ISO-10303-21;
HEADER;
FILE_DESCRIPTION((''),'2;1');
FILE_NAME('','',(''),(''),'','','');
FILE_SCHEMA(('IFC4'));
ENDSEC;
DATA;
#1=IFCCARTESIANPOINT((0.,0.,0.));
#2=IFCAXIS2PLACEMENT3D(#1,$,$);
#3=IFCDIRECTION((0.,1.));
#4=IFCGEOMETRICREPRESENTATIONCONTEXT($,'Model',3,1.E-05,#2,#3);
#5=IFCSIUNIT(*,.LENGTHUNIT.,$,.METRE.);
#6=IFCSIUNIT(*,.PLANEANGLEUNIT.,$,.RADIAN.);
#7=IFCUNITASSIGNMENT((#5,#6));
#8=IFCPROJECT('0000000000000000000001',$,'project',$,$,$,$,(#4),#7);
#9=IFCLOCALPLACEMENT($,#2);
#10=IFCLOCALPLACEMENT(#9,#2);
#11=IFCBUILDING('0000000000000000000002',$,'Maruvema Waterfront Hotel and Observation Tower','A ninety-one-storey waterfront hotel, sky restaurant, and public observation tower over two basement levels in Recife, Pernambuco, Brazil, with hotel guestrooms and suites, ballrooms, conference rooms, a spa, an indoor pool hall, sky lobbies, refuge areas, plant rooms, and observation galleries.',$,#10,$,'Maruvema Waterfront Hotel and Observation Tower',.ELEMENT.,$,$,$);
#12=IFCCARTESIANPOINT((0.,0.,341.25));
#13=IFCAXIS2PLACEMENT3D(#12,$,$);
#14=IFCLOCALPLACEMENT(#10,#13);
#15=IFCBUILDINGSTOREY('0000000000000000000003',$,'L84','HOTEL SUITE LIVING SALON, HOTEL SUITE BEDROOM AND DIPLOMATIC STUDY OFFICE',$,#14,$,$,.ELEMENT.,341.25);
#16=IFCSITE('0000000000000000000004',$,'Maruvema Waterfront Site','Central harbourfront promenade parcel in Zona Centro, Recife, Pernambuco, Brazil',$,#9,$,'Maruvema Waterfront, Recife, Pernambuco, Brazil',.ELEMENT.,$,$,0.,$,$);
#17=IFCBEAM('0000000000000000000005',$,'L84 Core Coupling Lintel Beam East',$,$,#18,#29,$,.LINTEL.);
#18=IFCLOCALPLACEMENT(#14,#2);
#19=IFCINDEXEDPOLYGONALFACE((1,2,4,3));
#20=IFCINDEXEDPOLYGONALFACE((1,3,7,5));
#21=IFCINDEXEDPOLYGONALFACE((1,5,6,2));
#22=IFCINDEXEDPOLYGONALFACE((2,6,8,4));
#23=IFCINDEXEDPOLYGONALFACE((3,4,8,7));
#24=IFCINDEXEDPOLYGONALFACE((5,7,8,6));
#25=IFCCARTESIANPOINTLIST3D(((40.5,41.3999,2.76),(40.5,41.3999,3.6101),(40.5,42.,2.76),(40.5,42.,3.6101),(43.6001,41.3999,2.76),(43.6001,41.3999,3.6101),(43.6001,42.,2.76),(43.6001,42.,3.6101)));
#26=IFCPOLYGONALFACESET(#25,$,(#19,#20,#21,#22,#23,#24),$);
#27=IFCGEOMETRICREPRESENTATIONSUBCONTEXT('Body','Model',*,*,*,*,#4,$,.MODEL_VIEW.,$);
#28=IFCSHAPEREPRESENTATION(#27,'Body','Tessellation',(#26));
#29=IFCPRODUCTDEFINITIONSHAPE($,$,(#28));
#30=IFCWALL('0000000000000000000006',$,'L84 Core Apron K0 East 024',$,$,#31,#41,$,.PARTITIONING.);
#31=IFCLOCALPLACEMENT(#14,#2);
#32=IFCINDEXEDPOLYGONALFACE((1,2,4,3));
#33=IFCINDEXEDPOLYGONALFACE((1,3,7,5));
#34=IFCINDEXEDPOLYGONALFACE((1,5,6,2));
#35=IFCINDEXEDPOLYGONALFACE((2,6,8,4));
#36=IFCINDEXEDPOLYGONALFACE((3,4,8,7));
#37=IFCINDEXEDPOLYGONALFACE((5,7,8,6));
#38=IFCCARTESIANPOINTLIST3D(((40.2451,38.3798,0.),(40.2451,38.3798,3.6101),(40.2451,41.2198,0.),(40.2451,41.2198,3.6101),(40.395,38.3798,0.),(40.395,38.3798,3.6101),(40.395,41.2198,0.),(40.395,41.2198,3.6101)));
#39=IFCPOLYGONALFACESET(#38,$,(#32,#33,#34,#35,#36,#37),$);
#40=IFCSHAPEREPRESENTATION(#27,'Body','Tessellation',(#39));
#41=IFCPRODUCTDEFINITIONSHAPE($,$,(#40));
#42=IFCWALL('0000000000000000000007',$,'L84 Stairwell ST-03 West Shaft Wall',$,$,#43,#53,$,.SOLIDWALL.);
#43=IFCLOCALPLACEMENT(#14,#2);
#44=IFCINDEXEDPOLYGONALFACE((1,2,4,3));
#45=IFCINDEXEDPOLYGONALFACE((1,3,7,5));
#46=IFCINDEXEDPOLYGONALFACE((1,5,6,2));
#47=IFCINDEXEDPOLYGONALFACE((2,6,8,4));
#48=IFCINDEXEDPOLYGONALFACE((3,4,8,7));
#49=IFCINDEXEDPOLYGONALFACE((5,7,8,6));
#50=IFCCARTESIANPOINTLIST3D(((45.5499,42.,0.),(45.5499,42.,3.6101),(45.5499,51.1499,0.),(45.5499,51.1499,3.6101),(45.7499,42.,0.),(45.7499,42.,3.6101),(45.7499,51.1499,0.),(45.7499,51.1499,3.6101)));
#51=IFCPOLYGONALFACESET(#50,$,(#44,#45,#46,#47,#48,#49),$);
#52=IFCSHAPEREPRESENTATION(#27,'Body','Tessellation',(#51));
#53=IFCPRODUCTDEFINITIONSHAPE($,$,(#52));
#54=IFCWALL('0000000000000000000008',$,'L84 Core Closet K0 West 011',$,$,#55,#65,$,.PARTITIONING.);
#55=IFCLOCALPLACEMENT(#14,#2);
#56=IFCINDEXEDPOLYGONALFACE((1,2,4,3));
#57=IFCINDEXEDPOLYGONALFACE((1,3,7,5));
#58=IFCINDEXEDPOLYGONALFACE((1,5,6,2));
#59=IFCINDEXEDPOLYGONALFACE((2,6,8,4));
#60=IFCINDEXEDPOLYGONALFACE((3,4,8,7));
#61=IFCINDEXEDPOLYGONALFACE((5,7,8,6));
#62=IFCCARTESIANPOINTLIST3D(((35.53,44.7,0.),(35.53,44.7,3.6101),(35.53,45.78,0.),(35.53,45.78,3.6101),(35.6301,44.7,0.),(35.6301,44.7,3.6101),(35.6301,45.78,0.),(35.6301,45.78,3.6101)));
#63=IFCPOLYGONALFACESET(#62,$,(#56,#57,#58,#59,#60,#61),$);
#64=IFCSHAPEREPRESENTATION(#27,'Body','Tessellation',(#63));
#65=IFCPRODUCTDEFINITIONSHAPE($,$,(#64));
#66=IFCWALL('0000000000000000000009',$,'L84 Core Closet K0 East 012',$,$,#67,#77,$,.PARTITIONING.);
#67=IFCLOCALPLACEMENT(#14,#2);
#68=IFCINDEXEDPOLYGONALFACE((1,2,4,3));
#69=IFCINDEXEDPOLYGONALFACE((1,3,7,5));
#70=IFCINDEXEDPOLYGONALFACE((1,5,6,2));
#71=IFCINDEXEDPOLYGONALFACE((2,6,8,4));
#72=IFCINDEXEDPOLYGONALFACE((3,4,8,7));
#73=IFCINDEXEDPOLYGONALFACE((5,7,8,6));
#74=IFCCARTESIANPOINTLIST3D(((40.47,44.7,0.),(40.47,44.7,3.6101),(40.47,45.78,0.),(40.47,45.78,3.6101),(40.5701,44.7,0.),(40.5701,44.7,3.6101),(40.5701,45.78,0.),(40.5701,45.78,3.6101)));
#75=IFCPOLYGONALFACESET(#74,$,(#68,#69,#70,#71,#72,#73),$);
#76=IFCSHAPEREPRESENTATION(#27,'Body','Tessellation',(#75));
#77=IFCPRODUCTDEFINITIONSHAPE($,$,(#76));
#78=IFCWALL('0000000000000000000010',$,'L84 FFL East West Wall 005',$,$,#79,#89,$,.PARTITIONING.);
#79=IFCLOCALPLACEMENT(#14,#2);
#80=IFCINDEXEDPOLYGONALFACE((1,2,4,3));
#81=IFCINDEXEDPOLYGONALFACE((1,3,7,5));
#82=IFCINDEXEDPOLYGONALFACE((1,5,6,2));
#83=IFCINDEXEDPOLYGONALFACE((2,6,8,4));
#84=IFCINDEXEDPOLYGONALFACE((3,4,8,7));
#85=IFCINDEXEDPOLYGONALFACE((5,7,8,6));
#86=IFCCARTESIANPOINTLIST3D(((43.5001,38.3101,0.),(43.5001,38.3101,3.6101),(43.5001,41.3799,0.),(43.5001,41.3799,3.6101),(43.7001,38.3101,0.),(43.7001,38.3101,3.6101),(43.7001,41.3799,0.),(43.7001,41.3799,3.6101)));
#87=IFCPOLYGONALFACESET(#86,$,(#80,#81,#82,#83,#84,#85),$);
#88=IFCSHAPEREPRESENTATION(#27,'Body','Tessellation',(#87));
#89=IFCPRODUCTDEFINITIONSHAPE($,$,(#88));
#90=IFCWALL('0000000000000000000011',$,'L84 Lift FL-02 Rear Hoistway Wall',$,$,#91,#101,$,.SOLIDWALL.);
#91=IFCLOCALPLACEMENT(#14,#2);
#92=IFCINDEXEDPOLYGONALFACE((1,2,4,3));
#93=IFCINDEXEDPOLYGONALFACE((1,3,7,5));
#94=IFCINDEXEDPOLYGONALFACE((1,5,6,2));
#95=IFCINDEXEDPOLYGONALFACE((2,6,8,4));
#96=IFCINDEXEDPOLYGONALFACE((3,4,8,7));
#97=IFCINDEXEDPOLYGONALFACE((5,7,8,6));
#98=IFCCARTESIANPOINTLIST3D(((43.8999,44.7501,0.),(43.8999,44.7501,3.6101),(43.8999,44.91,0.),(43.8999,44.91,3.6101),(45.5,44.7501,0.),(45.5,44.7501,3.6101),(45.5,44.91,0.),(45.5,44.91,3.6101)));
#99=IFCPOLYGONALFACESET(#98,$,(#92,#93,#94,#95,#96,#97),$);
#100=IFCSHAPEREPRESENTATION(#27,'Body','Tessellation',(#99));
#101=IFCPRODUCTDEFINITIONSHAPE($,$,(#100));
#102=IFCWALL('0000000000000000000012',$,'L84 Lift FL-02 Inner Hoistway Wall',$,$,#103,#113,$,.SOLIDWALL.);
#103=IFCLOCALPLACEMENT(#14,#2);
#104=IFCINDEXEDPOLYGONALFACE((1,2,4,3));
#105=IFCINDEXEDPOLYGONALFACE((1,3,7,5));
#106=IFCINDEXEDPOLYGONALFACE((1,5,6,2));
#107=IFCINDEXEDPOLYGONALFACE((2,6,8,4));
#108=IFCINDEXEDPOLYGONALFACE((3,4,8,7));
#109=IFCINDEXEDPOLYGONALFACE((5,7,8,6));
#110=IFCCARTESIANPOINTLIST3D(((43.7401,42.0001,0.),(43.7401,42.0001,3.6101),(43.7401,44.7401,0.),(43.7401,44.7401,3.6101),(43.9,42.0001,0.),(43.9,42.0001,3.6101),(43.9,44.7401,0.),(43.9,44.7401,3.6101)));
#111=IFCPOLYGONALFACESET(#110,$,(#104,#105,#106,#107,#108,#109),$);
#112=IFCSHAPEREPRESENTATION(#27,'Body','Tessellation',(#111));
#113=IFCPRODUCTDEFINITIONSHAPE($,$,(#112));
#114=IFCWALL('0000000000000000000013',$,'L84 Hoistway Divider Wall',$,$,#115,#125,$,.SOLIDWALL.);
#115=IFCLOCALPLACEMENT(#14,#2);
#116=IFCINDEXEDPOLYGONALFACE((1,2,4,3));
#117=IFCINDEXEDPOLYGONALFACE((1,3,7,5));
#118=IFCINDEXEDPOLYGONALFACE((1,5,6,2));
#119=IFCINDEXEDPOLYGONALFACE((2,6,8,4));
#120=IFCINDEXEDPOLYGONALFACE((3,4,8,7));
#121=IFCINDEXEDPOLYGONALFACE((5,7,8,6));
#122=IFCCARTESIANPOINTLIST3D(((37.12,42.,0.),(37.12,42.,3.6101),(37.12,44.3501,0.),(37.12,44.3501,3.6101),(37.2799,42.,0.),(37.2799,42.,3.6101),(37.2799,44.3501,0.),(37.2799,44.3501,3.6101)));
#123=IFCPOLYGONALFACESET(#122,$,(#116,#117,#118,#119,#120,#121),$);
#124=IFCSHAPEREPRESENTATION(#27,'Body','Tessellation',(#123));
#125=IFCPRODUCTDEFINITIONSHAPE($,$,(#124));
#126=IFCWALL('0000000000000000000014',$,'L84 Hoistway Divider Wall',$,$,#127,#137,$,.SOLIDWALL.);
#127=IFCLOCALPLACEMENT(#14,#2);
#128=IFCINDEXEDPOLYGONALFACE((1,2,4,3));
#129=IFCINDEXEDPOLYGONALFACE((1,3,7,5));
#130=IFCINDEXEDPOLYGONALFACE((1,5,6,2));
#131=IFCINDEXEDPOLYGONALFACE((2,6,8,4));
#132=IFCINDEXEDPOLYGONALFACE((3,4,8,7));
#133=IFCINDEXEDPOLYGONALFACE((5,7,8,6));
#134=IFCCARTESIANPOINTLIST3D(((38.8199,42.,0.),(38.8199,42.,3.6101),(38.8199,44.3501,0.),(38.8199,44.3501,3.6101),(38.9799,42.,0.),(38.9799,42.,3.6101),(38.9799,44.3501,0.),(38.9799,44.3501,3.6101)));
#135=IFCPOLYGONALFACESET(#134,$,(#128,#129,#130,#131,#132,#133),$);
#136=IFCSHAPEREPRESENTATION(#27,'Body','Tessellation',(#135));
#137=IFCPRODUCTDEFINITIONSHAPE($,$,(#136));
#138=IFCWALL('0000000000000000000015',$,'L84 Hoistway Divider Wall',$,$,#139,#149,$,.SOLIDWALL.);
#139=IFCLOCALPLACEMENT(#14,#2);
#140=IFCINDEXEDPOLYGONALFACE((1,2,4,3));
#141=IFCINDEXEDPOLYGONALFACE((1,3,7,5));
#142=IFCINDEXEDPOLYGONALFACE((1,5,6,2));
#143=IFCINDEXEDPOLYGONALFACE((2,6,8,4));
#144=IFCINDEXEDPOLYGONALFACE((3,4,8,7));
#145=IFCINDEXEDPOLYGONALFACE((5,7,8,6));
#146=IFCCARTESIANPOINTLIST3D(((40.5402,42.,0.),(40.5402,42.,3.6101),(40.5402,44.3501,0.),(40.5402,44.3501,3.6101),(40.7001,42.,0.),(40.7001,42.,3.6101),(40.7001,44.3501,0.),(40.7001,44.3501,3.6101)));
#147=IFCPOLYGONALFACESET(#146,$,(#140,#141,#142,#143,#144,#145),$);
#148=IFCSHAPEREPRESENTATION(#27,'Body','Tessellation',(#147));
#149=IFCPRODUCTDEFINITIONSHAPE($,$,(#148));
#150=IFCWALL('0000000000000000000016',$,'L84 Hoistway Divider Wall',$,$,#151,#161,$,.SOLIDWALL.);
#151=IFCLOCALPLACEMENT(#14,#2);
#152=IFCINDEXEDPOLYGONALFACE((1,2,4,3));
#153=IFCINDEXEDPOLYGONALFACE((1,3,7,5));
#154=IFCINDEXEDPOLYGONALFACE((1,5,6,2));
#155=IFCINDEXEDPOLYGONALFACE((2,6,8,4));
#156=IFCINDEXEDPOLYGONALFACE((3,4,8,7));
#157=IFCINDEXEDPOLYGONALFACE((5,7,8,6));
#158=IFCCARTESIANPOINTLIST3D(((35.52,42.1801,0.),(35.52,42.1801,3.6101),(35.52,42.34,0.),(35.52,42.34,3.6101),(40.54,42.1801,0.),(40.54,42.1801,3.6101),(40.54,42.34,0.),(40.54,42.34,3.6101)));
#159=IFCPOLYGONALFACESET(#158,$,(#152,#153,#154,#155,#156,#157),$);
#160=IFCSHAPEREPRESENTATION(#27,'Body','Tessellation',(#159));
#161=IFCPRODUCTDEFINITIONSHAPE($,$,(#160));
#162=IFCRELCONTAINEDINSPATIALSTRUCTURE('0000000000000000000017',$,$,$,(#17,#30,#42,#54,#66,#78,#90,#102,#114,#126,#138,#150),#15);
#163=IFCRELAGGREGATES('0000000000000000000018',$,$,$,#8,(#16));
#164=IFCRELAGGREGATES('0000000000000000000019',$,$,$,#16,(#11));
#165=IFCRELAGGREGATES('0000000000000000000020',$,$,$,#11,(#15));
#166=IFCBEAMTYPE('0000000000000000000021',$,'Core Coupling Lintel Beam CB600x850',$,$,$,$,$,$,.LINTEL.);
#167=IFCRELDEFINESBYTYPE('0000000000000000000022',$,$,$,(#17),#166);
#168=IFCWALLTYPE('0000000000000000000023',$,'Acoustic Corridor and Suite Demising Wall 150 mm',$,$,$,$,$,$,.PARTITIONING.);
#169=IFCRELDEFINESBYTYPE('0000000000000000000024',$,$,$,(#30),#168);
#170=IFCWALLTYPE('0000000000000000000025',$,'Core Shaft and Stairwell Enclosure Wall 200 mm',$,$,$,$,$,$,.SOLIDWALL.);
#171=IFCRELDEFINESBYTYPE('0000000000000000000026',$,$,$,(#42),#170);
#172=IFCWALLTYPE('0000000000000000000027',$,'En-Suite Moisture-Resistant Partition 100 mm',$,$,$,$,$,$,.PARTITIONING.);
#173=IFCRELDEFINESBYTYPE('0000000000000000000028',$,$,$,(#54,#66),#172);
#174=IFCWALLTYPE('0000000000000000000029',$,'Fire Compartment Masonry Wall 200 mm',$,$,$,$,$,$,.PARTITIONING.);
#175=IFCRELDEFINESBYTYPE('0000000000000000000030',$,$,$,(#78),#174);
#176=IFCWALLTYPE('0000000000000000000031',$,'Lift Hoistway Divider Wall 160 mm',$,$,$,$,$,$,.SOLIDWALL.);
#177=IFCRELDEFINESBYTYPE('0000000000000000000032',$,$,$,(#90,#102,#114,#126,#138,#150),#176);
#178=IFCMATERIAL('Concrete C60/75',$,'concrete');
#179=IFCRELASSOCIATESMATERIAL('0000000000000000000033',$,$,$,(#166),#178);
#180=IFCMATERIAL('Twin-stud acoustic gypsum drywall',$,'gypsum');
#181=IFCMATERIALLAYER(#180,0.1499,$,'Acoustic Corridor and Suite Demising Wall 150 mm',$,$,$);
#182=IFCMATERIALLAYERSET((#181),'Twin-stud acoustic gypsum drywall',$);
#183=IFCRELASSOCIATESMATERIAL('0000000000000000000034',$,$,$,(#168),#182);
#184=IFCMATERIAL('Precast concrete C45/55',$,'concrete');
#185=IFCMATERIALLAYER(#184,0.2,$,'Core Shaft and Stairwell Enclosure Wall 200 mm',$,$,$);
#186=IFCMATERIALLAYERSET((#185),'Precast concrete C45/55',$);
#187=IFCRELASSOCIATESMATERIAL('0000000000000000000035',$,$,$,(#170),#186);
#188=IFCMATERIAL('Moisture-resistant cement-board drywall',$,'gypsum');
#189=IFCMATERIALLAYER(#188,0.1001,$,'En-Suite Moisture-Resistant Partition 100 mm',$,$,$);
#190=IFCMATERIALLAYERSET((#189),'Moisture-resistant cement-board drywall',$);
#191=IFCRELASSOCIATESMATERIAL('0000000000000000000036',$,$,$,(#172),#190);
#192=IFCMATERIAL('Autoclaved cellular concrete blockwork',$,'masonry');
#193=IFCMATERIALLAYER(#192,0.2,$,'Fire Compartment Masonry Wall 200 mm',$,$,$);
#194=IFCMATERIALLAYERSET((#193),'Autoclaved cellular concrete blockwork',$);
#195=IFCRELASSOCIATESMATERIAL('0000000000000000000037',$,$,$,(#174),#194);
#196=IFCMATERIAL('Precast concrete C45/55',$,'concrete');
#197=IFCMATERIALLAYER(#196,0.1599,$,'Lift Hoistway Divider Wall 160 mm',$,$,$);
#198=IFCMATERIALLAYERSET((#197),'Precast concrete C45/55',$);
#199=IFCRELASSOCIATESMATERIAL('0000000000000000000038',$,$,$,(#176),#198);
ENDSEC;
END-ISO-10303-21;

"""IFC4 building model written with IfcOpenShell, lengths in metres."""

from ifc_helpers import new_model, si_unit, direction, frame, frame_2d, origin, origin_2d, place, context, subcontext, project, spatial, rectangle, extrude, material, layer, layer_set, material_profile, profile_set, type_object, element, save


model = new_model("IFC4")

# Units and contexts
model_context = context("Model", 3, precision=1e-05, world=origin(), true_north=direction((0.0, 1.0)))
body_context = subcontext(model_context, "Body", "Model", "MODEL_VIEW")
ifc_project = project(units=[si_unit("LENGTHUNIT", "METRE"), si_unit("PLANEANGLEUNIT", "RADIAN")], contexts=[model_context])

# Site, building, storey
site_placement = place(None, origin())
site = spatial("IfcSite", under=ifc_project, at=site_placement, Name="Maruvema Waterfront Site", Description="Central harbourfront promenade parcel in Zona Centro, Recife, Pernambuco, Brazil", LongName="Maruvema Waterfront, Recife, Pernambuco, Brazil", CompositionType="ELEMENT", RefElevation=0.0)
building_placement = place(site_placement, origin())
building = spatial("IfcBuilding", under=site, at=building_placement, Name="Maruvema Waterfront Hotel and Observation Tower", Description="A ninety-one-storey waterfront hotel, sky restaurant, and public observation tower over two basement levels in Recife, Pernambuco, Brazil, with hotel guestrooms and suites, ballrooms, conference rooms, a spa, an indoor pool hall, sky lobbies, refuge areas, plant rooms, and observation galleries.", LongName="Maruvema Waterfront Hotel and Observation Tower", CompositionType="ELEMENT")
storey_placement = place(building_placement, frame((0.0, 0.0, 341.25)))
storey = spatial("IfcBuildingStorey", under=building, at=storey_placement, Name="L84", Description="HOTEL SUITE LIVING SALON, HOTEL SUITE BEDROOM AND DIPLOMATIC STUDY OFFICE", CompositionType="ELEMENT", Elevation=341.25)

# Beam
ifc_material_1 = material(Name="Concrete C60/75", Category="concrete")
ifc_material_profile = material_profile(ifc_material_1, rectangle(XDim=0.6001, YDim=0.8501, at=origin_2d()), Name="CB600x850")
ifc_profile_set = profile_set([ifc_material_profile], Name="Concrete C60/75")
beam_type = type_object("IfcBeamType", Name="Core Coupling Lintel Beam CB600x850", PredefinedType="LINTEL", material=ifc_profile_set)
beam_placement = place(storey_placement, frame((40.5, 41.7, 3.1851), z_axis=(1.0, 0.0, 0.0), x_axis=(0.0, 1.0, 0.0)))
element("IfcBeam", 1, at=beam_placement, inside=storey, type_object=beam_type, Name="L84 Core Coupling Lintel Beam East", PredefinedType="LINTEL", context=body_context, shape_type="SweptSolid", body=[
    extrude(rectangle(XDim=0.6001, YDim=0.8501, at=origin_2d()), origin(), (0.0, 0.0, 1.0), 3.1001),
])

# Walls
ifc_material_2 = material(Name="Twin-stud acoustic gypsum drywall", Category="gypsum")
ifc_layer_1 = layer(ifc_material_2, 0.1499, Name="Acoustic Corridor and Suite Demising Wall 150 mm")
ifc_layer_set_1 = layer_set([ifc_layer_1], Name="Twin-stud acoustic gypsum drywall")
wall_type_1 = type_object("IfcWallType", Name="Acoustic Corridor and Suite Demising Wall 150 mm", PredefinedType="PARTITIONING", material=ifc_layer_set_1)
wall_1_placement = place(storey_placement, frame((40.3201, 38.3799, 0.0), z_axis=(0.0, 0.0, 1.0), x_axis=(0.0, 1.0, 0.0)))
element("IfcWall", 2, at=wall_1_placement, inside=storey, type_object=wall_type_1, Name="L84 Core Apron K0 East 024", PredefinedType="PARTITIONING", context=body_context, shape_type="SweptSolid", body=[
    extrude(rectangle(XDim=2.8401, YDim=0.1499, at=frame_2d((1.4199, 0.0))), origin(), (0.0, 0.0, 1.0), 3.6101),
])
ifc_material_3 = material(Name="Precast concrete C45/55", Category="concrete")
ifc_layer_2 = layer(ifc_material_3, 0.2, Name="Core Shaft and Stairwell Enclosure Wall 200 mm")
ifc_layer_set_2 = layer_set([ifc_layer_2], Name="Precast concrete C45/55")
wall_type_2 = type_object("IfcWallType", Name="Core Shaft and Stairwell Enclosure Wall 200 mm", PredefinedType="SOLIDWALL", material=ifc_layer_set_2)
wall_2_placement = place(storey_placement, frame((45.6499, 42.0, 0.0), z_axis=(0.0, 0.0, 1.0), x_axis=(0.0, 1.0, 0.0)))
element("IfcWall", 3, at=wall_2_placement, inside=storey, type_object=wall_type_2, Name="L84 Stairwell ST-03 West Shaft Wall", PredefinedType="SOLIDWALL", context=body_context, shape_type="SweptSolid", body=[
    extrude(rectangle(XDim=9.1499, YDim=0.2, at=frame_2d((4.575, 0.0))), origin(), (0.0, 0.0, 1.0), 3.6101),
])

# Walls
ifc_material_4 = material(Name="Moisture-resistant cement-board drywall", Category="gypsum")
ifc_layer_3 = layer(ifc_material_4, 0.1001, Name="En-Suite Moisture-Resistant Partition 100 mm")
ifc_layer_set_3 = layer_set([ifc_layer_3], Name="Moisture-resistant cement-board drywall")
wall_type_3 = type_object("IfcWallType", Name="En-Suite Moisture-Resistant Partition 100 mm", PredefinedType="PARTITIONING", material=ifc_layer_set_3)
for number, where, z_axis, x_axis, name in (
    (4, (35.5801, 44.7, 0.0), (0.0, 0.0, 1.0), (0.0, 1.0, 0.0), "L84 Core Closet K0 West 011"),
    (5, (40.52, 44.7, 0.0), (0.0, 0.0, 1.0), (0.0, 1.0, 0.0), "L84 Core Closet K0 East 012"),
):
    element("IfcWall", number, at=place(storey_placement, frame(where, z_axis=z_axis, x_axis=x_axis)), inside=storey, type_object=wall_type_3, Name=name, PredefinedType="PARTITIONING", context=body_context, shape_type="SweptSolid", body=[
        extrude(rectangle(XDim=1.0801, YDim=0.1001, at=frame_2d((0.54, 0.0))), origin(), (0.0, 0.0, 1.0), 3.6101),
    ])

# Shared definitions
ifc_material_5 = material(Name="Autoclaved cellular concrete blockwork", Category="masonry")
ifc_layer_4 = layer(ifc_material_5, 0.2, Name="Fire Compartment Masonry Wall 200 mm")
ifc_layer_set_4 = layer_set([ifc_layer_4], Name="Autoclaved cellular concrete blockwork")
wall_type_4 = type_object("IfcWallType", Name="Fire Compartment Masonry Wall 200 mm", PredefinedType="PARTITIONING", material=ifc_layer_set_4)

# Walls
wall_3_placement = place(storey_placement, frame((43.6001, 38.3101, 0.0), z_axis=(0.0, 0.0, 1.0), x_axis=(0.0, 1.0, 0.0)))
element("IfcWall", 6, at=wall_3_placement, inside=storey, type_object=wall_type_4, Name="L84 FFL East West Wall 005", PredefinedType="PARTITIONING", context=body_context, shape_type="SweptSolid", body=[
    extrude(rectangle(XDim=3.0698, YDim=0.2, at=frame_2d((1.5349, 0.0))), origin(), (0.0, 0.0, 1.0), 3.6101),
])
ifc_material_6 = material(Name="Precast concrete C45/55", Category="concrete")
ifc_layer_5 = layer(ifc_material_6, 0.1599, Name="Lift Hoistway Divider Wall 160 mm")
ifc_layer_set_5 = layer_set([ifc_layer_5], Name="Precast concrete C45/55")
wall_type_5 = type_object("IfcWallType", Name="Lift Hoistway Divider Wall 160 mm", PredefinedType="SOLIDWALL", material=ifc_layer_set_5)
wall_4_placement = place(storey_placement, frame((43.8999, 44.8301, 0.0), z_axis=(0.0, 0.0, 1.0), x_axis=(1.0, 0.0, 0.0)))
element("IfcWall", 7, at=wall_4_placement, inside=storey, type_object=wall_type_5, Name="L84 Lift FL-02 Rear Hoistway Wall", PredefinedType="SOLIDWALL", context=body_context, shape_type="SweptSolid", body=[
    extrude(rectangle(XDim=1.6001, YDim=0.1599, at=frame_2d((0.8, 0.0))), origin(), (0.0, 0.0, 1.0), 3.6101),
])
wall_5_placement = place(storey_placement, frame((43.8201, 42.0, 0.0), z_axis=(0.0, 0.0, 1.0), x_axis=(0.0, 1.0, 0.0)))
element("IfcWall", 8, at=wall_5_placement, inside=storey, type_object=wall_type_5, Name="L84 Lift FL-02 Inner Hoistway Wall", PredefinedType="SOLIDWALL", context=body_context, shape_type="SweptSolid", body=[
    extrude(rectangle(XDim=2.74, YDim=0.1599, at=frame_2d((1.3701, 0.0))), origin(), (0.0, 0.0, 1.0), 3.6101),
])
for number, where, z_axis, x_axis, name in (
    (9, (37.2, 42.0, 0.0), (0.0, 0.0, 1.0), (0.0, 1.0, 0.0), "L84 Hoistway Divider Wall"),
    (10, (38.8999, 42.0, 0.0), (0.0, 0.0, 1.0), (0.0, 1.0, 0.0), "L84 Hoistway Divider Wall"),
    (11, (40.6201, 42.0, 0.0), (0.0, 0.0, 1.0), (0.0, 1.0, 0.0), "L84 Hoistway Divider Wall"),
):
    element("IfcWall", number, at=place(storey_placement, frame(where, z_axis=z_axis, x_axis=x_axis)), inside=storey, type_object=wall_type_5, Name=name, PredefinedType="SOLIDWALL", context=body_context, shape_type="SweptSolid", body=[
        extrude(rectangle(XDim=2.3501, YDim=0.1599, at=frame_2d((1.175, 0.0))), origin(), (0.0, 0.0, 1.0), 3.6101),
    ])
wall_6_placement = place(storey_placement, frame((35.52, 42.26, 0.0), z_axis=(0.0, 0.0, 1.0), x_axis=(1.0, 0.0, 0.0)))
element("IfcWall", 12, at=wall_6_placement, inside=storey, type_object=wall_type_5, Name="L84 Hoistway Divider Wall", PredefinedType="SOLIDWALL", context=body_context, shape_type="SweptSolid", body=[
    extrude(rectangle(XDim=5.02, YDim=0.1599, at=frame_2d((2.51, 0.0))), origin(), (0.0, 0.0, 1.0), 3.6101),
])

save(model, "model.ifc")
